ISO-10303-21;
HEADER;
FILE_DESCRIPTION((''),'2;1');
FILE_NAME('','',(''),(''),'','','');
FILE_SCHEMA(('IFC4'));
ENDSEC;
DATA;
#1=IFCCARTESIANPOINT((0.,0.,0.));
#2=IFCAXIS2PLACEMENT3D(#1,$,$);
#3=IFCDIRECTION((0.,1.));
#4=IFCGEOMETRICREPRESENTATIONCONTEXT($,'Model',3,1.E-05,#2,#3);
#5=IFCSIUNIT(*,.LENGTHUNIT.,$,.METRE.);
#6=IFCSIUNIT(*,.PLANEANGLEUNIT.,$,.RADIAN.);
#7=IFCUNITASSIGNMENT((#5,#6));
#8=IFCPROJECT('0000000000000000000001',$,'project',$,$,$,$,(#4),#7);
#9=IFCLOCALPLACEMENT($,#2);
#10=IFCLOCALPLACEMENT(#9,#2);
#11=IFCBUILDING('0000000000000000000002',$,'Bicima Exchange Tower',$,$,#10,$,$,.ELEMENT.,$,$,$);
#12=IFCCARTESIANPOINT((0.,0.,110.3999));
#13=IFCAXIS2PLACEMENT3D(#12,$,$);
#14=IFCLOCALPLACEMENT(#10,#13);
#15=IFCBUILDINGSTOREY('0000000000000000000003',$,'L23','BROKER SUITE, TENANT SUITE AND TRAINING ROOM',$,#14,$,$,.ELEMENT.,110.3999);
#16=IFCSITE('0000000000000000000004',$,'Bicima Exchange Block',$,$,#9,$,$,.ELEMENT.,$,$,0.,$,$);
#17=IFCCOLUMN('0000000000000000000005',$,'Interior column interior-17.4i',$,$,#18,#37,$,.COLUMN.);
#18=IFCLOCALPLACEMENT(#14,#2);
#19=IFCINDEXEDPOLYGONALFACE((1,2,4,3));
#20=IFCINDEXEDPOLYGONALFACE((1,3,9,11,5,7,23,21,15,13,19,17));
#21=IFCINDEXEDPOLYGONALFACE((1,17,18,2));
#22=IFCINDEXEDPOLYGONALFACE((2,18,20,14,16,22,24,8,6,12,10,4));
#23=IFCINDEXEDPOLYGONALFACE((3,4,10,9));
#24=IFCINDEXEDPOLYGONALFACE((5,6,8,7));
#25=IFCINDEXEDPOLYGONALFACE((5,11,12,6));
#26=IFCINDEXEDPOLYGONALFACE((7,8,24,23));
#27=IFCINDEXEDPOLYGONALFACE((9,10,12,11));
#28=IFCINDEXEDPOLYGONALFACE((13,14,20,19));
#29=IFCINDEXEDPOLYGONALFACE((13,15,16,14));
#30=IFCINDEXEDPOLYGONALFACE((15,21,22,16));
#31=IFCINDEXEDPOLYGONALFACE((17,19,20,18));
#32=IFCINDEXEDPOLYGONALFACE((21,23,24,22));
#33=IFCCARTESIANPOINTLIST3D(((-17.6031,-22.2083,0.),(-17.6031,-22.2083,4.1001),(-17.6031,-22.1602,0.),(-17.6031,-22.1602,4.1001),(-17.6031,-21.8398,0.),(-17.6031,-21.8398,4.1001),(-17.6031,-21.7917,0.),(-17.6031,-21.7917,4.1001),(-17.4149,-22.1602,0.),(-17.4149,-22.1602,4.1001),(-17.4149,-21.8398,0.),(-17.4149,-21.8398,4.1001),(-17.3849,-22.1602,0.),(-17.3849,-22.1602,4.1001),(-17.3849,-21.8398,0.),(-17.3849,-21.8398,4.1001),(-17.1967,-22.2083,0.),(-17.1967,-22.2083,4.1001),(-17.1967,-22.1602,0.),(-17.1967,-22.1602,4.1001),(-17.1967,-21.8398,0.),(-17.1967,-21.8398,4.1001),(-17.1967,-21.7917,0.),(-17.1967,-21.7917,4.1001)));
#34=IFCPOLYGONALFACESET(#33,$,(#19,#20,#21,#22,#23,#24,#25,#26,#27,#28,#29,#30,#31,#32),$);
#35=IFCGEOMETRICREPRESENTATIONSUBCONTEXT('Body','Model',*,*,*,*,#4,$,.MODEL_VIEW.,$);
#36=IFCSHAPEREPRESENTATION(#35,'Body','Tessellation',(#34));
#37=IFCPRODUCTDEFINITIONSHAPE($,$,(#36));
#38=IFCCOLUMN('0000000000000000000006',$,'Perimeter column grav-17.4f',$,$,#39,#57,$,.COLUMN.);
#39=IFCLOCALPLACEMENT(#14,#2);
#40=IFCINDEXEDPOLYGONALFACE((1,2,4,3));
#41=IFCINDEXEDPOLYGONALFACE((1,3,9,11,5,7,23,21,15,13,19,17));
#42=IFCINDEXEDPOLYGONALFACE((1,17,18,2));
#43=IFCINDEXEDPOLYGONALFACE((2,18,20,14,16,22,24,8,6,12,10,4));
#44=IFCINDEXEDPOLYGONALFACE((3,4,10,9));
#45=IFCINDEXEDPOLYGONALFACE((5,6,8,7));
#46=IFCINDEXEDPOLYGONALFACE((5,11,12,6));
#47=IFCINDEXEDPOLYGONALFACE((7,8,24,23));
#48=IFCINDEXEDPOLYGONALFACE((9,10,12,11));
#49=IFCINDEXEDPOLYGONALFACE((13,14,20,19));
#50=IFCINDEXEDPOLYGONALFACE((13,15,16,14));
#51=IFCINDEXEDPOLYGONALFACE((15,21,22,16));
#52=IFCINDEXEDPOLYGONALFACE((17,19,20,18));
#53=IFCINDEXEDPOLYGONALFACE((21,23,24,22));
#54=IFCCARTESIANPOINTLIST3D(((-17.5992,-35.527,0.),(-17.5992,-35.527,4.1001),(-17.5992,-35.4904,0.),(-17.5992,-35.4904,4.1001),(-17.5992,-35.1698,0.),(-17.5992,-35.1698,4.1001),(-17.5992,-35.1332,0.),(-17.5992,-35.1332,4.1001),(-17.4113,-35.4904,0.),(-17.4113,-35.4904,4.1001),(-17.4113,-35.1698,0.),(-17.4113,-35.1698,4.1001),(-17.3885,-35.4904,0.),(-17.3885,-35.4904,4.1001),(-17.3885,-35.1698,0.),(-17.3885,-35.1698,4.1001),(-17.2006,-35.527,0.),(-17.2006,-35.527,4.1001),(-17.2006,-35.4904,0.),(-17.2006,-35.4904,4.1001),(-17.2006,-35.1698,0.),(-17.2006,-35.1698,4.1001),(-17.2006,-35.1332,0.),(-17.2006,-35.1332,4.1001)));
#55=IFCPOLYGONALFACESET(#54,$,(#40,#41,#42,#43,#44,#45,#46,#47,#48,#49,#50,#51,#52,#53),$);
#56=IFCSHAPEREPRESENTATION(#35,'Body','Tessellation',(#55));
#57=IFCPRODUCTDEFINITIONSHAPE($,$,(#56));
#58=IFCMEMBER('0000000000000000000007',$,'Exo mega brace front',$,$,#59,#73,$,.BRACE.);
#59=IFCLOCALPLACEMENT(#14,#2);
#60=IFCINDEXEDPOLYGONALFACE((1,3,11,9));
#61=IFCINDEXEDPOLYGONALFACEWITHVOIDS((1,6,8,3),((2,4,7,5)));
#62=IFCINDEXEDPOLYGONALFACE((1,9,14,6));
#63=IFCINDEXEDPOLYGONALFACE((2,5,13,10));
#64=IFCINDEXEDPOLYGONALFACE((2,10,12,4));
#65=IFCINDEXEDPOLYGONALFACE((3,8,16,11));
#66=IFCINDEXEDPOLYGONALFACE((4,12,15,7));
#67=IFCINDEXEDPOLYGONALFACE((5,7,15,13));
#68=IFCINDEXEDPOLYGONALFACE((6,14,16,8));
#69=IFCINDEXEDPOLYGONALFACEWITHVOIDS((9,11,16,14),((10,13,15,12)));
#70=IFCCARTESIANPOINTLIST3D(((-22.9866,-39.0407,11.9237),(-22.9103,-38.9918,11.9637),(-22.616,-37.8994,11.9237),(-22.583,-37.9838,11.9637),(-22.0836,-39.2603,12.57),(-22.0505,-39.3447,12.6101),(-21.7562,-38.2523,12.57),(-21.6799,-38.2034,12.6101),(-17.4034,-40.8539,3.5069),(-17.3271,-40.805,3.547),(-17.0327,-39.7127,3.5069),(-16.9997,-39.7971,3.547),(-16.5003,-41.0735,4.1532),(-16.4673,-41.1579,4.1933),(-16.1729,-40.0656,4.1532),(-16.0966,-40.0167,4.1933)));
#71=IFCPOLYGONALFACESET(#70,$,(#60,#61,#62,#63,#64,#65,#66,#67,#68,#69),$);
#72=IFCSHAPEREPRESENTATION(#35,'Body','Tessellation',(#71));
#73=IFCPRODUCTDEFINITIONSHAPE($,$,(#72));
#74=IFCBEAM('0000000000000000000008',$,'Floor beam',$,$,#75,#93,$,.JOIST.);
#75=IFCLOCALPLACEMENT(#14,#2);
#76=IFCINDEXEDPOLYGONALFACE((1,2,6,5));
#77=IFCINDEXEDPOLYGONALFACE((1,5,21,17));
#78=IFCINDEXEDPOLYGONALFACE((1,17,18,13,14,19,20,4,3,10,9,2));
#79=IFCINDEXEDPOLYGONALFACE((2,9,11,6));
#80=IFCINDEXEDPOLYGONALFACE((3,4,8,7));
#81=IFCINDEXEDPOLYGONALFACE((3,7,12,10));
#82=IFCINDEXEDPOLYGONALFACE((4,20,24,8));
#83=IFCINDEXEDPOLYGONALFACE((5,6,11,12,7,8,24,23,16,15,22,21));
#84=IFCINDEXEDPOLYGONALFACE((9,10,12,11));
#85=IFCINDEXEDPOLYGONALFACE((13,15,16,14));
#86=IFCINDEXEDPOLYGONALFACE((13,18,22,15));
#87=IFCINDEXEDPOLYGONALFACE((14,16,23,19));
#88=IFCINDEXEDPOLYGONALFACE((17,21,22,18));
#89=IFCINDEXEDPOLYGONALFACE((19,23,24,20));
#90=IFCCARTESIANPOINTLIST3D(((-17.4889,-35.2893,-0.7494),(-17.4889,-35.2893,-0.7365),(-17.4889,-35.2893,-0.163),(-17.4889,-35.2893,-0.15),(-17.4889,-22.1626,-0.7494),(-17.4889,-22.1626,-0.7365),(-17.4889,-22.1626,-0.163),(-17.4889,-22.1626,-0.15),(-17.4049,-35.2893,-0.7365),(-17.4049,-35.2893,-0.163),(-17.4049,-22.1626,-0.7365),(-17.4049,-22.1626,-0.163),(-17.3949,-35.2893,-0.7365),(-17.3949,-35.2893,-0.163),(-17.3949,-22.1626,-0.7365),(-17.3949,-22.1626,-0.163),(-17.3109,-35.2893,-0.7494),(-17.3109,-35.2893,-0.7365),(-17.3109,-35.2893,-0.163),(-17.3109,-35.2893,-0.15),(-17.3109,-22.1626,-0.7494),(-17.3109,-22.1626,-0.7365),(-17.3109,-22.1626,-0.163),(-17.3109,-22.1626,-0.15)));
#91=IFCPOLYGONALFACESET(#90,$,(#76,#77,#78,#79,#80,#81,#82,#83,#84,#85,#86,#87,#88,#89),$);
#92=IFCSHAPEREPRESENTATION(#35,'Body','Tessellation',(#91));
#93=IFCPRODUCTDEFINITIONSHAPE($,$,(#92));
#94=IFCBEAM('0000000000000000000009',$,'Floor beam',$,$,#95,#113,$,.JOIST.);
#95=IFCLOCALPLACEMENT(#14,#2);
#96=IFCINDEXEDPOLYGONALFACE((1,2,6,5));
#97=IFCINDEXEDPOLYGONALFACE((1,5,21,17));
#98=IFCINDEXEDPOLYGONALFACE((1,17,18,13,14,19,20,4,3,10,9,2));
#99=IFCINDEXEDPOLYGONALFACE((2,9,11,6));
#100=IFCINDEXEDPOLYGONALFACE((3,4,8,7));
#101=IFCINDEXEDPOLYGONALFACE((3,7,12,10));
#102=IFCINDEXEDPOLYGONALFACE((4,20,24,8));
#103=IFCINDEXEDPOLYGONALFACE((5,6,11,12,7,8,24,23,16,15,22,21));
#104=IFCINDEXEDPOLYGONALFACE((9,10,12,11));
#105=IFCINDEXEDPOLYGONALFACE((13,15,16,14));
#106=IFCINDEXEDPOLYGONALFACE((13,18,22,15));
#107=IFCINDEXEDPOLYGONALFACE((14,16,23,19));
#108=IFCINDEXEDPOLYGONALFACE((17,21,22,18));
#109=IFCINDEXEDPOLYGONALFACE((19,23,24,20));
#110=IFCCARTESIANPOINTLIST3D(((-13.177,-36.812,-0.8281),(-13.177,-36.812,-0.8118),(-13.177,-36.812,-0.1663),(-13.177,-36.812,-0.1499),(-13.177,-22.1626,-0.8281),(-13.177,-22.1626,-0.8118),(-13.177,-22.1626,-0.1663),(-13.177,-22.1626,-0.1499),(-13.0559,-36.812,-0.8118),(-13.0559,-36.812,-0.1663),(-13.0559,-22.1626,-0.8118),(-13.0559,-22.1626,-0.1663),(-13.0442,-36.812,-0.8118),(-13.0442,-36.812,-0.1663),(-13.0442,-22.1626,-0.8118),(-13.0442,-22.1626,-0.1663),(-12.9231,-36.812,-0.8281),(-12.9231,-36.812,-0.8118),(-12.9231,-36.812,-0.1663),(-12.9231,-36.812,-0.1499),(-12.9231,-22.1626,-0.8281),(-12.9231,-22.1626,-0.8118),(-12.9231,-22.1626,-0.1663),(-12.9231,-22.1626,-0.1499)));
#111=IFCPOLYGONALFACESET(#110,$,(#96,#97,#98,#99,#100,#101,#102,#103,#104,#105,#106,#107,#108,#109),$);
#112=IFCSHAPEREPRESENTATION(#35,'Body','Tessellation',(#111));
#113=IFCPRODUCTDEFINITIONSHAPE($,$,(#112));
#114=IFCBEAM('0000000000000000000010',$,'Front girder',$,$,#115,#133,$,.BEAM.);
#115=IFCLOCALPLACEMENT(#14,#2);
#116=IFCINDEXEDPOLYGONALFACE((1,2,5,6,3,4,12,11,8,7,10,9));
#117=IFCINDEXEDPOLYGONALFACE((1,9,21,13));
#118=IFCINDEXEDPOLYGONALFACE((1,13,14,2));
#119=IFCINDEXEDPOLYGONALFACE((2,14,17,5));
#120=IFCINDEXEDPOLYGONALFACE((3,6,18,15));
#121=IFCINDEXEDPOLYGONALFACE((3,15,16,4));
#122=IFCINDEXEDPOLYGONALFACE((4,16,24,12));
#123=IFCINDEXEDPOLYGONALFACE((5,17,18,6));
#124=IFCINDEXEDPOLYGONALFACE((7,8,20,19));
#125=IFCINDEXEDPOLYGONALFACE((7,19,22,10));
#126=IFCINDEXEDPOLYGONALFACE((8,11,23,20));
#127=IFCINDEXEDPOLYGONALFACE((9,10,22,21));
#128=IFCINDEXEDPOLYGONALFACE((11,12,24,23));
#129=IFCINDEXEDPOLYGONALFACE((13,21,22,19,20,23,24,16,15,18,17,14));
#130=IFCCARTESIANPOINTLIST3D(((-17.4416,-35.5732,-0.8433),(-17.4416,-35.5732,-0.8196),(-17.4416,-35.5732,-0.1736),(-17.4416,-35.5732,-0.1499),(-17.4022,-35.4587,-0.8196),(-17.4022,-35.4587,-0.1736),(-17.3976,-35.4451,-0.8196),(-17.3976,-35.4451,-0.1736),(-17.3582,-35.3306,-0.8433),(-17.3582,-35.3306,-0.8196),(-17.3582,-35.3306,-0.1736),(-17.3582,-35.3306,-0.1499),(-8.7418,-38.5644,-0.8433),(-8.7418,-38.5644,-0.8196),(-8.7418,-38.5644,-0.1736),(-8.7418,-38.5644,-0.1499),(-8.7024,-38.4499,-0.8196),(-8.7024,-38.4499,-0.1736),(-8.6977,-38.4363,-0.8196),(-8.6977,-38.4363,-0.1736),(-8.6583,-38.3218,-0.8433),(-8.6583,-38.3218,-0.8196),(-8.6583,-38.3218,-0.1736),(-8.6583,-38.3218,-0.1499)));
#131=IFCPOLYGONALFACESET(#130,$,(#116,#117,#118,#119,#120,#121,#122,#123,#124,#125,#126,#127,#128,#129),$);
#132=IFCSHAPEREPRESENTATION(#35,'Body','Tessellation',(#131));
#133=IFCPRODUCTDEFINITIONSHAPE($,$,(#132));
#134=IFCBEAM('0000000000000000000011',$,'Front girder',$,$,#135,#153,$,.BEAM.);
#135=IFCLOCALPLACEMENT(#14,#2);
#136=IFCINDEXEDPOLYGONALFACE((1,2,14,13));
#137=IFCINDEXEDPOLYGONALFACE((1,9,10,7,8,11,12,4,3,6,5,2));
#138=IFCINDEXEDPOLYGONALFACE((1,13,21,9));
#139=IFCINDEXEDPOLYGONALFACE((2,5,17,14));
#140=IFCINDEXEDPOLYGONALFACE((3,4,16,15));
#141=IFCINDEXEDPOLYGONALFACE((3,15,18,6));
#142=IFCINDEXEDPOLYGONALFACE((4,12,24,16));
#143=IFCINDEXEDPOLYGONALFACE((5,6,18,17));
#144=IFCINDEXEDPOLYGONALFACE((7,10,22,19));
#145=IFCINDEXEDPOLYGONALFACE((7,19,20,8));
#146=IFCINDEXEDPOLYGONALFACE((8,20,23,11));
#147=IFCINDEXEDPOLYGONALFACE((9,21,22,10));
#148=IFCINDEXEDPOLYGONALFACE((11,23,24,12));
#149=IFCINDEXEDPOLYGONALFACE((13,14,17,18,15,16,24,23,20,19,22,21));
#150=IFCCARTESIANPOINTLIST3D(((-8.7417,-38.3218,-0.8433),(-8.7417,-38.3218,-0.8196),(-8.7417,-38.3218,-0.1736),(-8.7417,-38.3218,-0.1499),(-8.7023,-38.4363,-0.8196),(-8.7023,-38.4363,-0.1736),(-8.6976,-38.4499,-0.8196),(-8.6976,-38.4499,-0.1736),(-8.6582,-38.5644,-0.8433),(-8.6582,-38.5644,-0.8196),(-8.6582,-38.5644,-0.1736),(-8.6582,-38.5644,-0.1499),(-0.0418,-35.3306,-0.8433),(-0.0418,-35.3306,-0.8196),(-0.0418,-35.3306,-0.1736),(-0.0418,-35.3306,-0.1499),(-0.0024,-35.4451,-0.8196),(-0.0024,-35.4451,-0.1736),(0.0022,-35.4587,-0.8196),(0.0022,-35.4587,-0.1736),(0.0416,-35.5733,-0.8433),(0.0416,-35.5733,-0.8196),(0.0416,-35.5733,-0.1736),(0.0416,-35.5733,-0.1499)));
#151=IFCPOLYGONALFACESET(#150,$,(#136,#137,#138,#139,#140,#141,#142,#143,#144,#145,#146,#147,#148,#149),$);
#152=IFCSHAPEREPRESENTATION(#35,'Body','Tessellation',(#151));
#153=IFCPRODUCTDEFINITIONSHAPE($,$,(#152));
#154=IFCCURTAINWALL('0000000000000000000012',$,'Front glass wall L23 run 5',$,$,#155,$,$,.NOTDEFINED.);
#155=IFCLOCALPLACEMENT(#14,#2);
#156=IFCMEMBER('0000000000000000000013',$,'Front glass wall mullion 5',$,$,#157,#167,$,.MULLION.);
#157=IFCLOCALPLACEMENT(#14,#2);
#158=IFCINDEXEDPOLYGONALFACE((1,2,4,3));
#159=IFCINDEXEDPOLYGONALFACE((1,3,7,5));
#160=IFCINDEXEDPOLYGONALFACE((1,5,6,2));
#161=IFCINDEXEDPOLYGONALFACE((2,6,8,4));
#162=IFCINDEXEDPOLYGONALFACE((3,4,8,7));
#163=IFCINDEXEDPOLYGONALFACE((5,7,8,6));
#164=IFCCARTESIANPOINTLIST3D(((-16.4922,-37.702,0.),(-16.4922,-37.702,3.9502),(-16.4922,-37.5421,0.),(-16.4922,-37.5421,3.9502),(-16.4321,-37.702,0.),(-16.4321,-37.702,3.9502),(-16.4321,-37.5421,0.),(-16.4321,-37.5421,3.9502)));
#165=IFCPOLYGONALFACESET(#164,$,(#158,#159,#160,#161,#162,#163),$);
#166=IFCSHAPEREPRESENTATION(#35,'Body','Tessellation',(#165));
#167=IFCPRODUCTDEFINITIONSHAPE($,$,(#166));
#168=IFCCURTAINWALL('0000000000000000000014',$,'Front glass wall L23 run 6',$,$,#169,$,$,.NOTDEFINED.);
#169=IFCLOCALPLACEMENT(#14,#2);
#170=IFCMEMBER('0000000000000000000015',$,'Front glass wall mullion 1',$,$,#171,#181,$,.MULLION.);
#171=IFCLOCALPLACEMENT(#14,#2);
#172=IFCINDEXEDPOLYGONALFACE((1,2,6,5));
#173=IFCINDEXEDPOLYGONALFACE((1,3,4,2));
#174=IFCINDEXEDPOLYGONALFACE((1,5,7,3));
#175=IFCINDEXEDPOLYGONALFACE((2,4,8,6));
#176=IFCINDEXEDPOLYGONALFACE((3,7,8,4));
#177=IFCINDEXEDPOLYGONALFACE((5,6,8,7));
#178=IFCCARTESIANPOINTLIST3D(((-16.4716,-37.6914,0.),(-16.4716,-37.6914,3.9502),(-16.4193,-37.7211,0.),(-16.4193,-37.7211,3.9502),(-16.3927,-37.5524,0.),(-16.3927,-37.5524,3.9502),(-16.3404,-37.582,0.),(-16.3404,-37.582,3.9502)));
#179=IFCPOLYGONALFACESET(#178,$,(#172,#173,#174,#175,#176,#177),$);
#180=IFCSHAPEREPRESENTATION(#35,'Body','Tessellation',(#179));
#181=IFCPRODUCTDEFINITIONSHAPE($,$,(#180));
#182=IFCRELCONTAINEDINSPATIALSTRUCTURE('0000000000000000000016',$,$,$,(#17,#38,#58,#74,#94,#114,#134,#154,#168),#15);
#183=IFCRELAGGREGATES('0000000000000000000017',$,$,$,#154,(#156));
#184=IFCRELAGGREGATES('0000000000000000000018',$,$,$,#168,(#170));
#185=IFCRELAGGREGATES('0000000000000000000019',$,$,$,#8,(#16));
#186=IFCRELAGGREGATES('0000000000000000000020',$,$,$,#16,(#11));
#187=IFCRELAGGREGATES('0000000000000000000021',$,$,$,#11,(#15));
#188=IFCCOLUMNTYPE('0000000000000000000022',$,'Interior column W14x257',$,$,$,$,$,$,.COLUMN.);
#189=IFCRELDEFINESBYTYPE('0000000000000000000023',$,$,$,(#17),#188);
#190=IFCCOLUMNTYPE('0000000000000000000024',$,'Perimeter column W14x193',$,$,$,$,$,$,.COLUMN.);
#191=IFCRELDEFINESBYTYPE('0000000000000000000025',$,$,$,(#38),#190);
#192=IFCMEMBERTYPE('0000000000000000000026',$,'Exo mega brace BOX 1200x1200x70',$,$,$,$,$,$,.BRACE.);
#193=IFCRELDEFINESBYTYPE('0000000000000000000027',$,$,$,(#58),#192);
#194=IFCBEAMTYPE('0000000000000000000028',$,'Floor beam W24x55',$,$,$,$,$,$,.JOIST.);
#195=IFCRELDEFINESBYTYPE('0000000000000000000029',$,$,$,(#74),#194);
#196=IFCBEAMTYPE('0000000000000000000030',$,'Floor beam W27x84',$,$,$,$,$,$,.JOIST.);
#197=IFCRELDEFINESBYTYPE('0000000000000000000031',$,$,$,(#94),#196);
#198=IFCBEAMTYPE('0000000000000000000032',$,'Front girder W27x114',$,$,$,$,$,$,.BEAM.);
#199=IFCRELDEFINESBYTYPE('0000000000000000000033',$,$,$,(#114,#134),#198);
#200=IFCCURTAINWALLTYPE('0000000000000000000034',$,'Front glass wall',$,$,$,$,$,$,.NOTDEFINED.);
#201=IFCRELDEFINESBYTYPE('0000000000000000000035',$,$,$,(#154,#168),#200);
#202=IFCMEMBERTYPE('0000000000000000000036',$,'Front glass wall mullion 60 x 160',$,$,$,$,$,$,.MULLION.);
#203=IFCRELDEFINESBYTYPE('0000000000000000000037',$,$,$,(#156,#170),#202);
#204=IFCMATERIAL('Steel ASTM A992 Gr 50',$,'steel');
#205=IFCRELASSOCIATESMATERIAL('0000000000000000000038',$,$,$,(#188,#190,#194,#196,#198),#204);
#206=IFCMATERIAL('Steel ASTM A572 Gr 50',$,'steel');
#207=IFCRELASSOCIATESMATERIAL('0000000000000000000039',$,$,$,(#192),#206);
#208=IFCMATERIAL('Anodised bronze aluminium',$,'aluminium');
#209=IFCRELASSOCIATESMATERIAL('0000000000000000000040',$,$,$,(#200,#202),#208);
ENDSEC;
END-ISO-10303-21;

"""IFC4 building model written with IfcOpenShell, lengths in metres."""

from ifc_helpers import new_model, si_unit, direction, frame, origin, origin_2d, place, context, subcontext, project, spatial, rectangle, hollow_rectangle, i_section, extrude, material, material_profile, profile_set, type_object, element, aggregate, save


model = new_model("IFC4")

# Units and contexts
model_context = context("Model", 3, precision=1e-05, world=origin(), true_north=direction((0.0, 1.0)))
body_context = subcontext(model_context, "Body", "Model", "MODEL_VIEW")
ifc_project = project(units=[si_unit("LENGTHUNIT", "METRE"), si_unit("PLANEANGLEUNIT", "RADIAN")], contexts=[model_context])

# Site, building, storey
site_placement = place(None, origin())
site = spatial("IfcSite", under=ifc_project, at=site_placement, Name="Bicima Exchange Block", CompositionType="ELEMENT", RefElevation=0.0)
building_placement = place(site_placement, origin())
building = spatial("IfcBuilding", under=site, at=building_placement, Name="Bicima Exchange Tower", CompositionType="ELEMENT")
storey_placement = place(building_placement, frame((0.0, 0.0, 110.3999)))
storey = spatial("IfcBuildingStorey", under=building, at=storey_placement, Name="L23", Description="BROKER SUITE, TENANT SUITE AND TRAINING ROOM", CompositionType="ELEMENT", Elevation=110.3999)

# Columns
ifc_material_1 = material(Name="Steel ASTM A992 Gr 50", Category="steel")
ifc_material_profile_1 = material_profile(ifc_material_1, i_section(OverallWidth=0.4065, OverallDepth=0.4165, WebThickness=0.03, FlangeThickness=0.0481, at=origin_2d()))
ifc_profile_set_1 = profile_set([ifc_material_profile_1], Name="Steel ASTM A992 Gr 50")
column_type_1 = type_object("IfcColumnType", Name="Interior column W14x257", PredefinedType="COLUMN", material=ifc_profile_set_1)
column_1_placement = place(storey_placement, frame((-17.3999, -22.0, 0.0), z_axis=(0.0, 0.0, 1.0), x_axis=(1.0, 0.0, 0.0)))
element("IfcColumn", 1, at=column_1_placement, inside=storey, type_object=column_type_1, Name="Interior column interior-17.4i", PredefinedType="COLUMN", context=body_context, shape_type="SweptSolid", body=[
    extrude(i_section(OverallWidth=0.4065, OverallDepth=0.4165, WebThickness=0.03, FlangeThickness=0.0481, at=origin_2d()), origin(), (0.0, 0.0, 1.0), 4.1001),
])
ifc_material_profile_2 = material_profile(ifc_material_1, i_section(OverallWidth=0.3987, OverallDepth=0.3938, WebThickness=0.0227, FlangeThickness=0.0366, at=origin_2d()))
ifc_profile_set_2 = profile_set([ifc_material_profile_2], Name="Steel ASTM A992 Gr 50")
column_type_2 = type_object("IfcColumnType", Name="Perimeter column W14x193", PredefinedType="COLUMN", material=ifc_profile_set_2)
column_2_placement = place(storey_placement, frame((-17.3999, -35.3301, 0.0), z_axis=(0.0, 0.0, 1.0), x_axis=(1.0, 0.0, 0.0)))
element("IfcColumn", 2, at=column_2_placement, inside=storey, type_object=column_type_2, Name="Perimeter column grav-17.4f", PredefinedType="COLUMN", context=body_context, shape_type="SweptSolid", body=[
    extrude(i_section(OverallWidth=0.3987, OverallDepth=0.3938, WebThickness=0.0227, FlangeThickness=0.0366, at=origin_2d()), origin(), (0.0, 0.0, 1.0), 4.1001),
])

# Member
ifc_material_2 = material(Name="Steel ASTM A572 Gr 50", Category="steel")
ifc_material_profile_3 = material_profile(ifc_material_2, hollow_rectangle(XDim=1.2, YDim=1.2, WallThickness=0.0701, at=origin_2d()))
ifc_profile_set_3 = profile_set([ifc_material_profile_3], Name="Steel ASTM A572 Gr 50")
member_type_1 = type_object("IfcMemberType", Name="Exo mega brace BOX 1200x1200x70", PredefinedType="BRACE", material=ifc_profile_set_3)
member_1_placement = place(storey_placement, frame((-16.75, -40.4353, 3.8501), z_axis=(-0.544087, 0.176699, 0.820211), x_axis=(-0.308882, -0.9511, 0.0)))
element("IfcMember", 3, at=member_1_placement, inside=storey, type_object=member_type_1, Name="Exo mega brace front", PredefinedType="BRACE", context=body_context, shape_type="SweptSolid", body=[
    extrude(hollow_rectangle(XDim=1.2, YDim=1.2, WallThickness=0.0701, at=origin_2d()), origin(), (0.0, 0.0, 1.0), 10.2617),
])

# Beams
ifc_material_profile_4 = material_profile(ifc_material_1, i_section(OverallWidth=0.178, OverallDepth=0.5994, WebThickness=0.01, FlangeThickness=0.0129, at=origin_2d()))
ifc_profile_set_4 = profile_set([ifc_material_profile_4], Name="Steel ASTM A992 Gr 50")
beam_type_1 = type_object("IfcBeamType", Name="Floor beam W24x55", PredefinedType="JOIST", material=ifc_profile_set_4)
beam_1_placement = place(storey_placement, frame((-17.3999, -22.1626, -0.4497), z_axis=(0.0, -1.0, 0.0), x_axis=(1.0, 0.0, 0.0)))
element("IfcBeam", 4, at=beam_1_placement, inside=storey, type_object=beam_type_1, Name="Floor beam", PredefinedType="JOIST", context=body_context, shape_type="SweptSolid", body=[
    extrude(i_section(OverallWidth=0.178, OverallDepth=0.5994, WebThickness=0.01, FlangeThickness=0.0129, at=origin_2d()), origin(), (0.0, 0.0, 1.0), 13.1267),
])
ifc_material_profile_5 = material_profile(ifc_material_1, i_section(OverallWidth=0.2539, OverallDepth=0.6782, WebThickness=0.0117, FlangeThickness=0.0164, at=origin_2d()))
ifc_profile_set_5 = profile_set([ifc_material_profile_5], Name="Steel ASTM A992 Gr 50")
beam_type_2 = type_object("IfcBeamType", Name="Floor beam W27x84", PredefinedType="JOIST", material=ifc_profile_set_5)
beam_2_placement = place(storey_placement, frame((-13.05, -22.1626, -0.489), z_axis=(0.0, -1.0, 0.0), x_axis=(1.0, 0.0, 0.0)))
element("IfcBeam", 5, at=beam_2_placement, inside=storey, type_object=beam_type_2, Name="Floor beam", PredefinedType="JOIST", context=body_context, shape_type="SweptSolid", body=[
    extrude(i_section(OverallWidth=0.2539, OverallDepth=0.6782, WebThickness=0.0117, FlangeThickness=0.0164, at=origin_2d()), origin(), (0.0, 0.0, 1.0), 14.6494),
])
ifc_material_profile_6 = material_profile(ifc_material_1, i_section(OverallWidth=0.2566, OverallDepth=0.6934, WebThickness=0.0144, FlangeThickness=0.0237, at=origin_2d()))
ifc_profile_set_6 = profile_set([ifc_material_profile_6], Name="Steel ASTM A992 Gr 50")
beam_type_3 = type_object("IfcBeamType", Name="Front girder W27x114", PredefinedType="BEAM", material=ifc_profile_set_6)
for number, where, z_axis, x_axis, name in (
    (6, (-17.3999, -35.4519, -0.4966), (0.945666, -0.325138, 0.0), (0.325138, 0.945666, 0.0), "Front girder"),
    (7, (-8.7, -38.4431, -0.4966), (0.945666, 0.325138, 0.0), (-0.325138, 0.945666, 0.0), "Front girder"),
):
    element("IfcBeam", number, at=place(storey_placement, frame(where, z_axis=z_axis, x_axis=x_axis)), inside=storey, type_object=beam_type_3, Name=name, PredefinedType="BEAM", context=body_context, shape_type="SweptSolid", body=[
        extrude(i_section(OverallWidth=0.2566, OverallDepth=0.6934, WebThickness=0.0144, FlangeThickness=0.0237, at=origin_2d()), origin(), (0.0, 0.0, 1.0), 9.1997),
    ])

# Curtain wall, member
ifc_material_3 = material(Name="Anodised bronze aluminium", Category="aluminium")
curtain_wall_type = type_object("IfcCurtainWallType", Name="Front glass wall", PredefinedType="NOTDEFINED", material=ifc_material_3)
curtain_wall_1_placement = place(storey_placement, origin())
curtain_wall_1 = element("IfcCurtainWall", 8, at=curtain_wall_1_placement, inside=storey, type_object=curtain_wall_type, Name="Front glass wall L23 run 5", PredefinedType="NOTDEFINED")
ifc_material_profile_7 = material_profile(ifc_material_3, rectangle(XDim=0.1599, YDim=0.0601, at=origin_2d()))
ifc_profile_set_7 = profile_set([ifc_material_profile_7], Name="Anodised bronze aluminium")
member_type_2 = type_object("IfcMemberType", Name="Front glass wall mullion 60 x 160", PredefinedType="MULLION", material=ifc_profile_set_7)
member_2_placement = place(storey_placement, frame((-16.4622, -37.6221, 0.0), z_axis=(0.0, 0.0, 1.0), x_axis=(0.0, 1.0, 0.0)))
member_2 = element("IfcMember", 9, at=member_2_placement, type_object=member_type_2, Name="Front glass wall mullion 5", PredefinedType="MULLION", context=body_context, shape_type="SweptSolid", body=[
    extrude(rectangle(XDim=0.1599, YDim=0.0601, at=origin_2d()), origin(), (0.0, 0.0, 1.0), 3.9502),
])

# Curtain wall, member
curtain_wall_2_placement = place(storey_placement, origin())
curtain_wall_2 = element("IfcCurtainWall", 10, at=curtain_wall_2_placement, inside=storey, type_object=curtain_wall_type, Name="Front glass wall L23 run 6", PredefinedType="NOTDEFINED")
member_3_placement = place(storey_placement, frame((-16.406, -37.6367, 0.0), z_axis=(0.0, 0.0, 1.0), x_axis=(0.493395, 0.869805, 0.0)))
member_3 = element("IfcMember", 11, at=member_3_placement, type_object=member_type_2, Name="Front glass wall mullion 1", PredefinedType="MULLION", context=body_context, shape_type="SweptSolid", body=[
    extrude(rectangle(XDim=0.1599, YDim=0.0601, at=origin_2d()), origin(), (0.0, 0.0, 1.0), 3.9502),
])

aggregate(curtain_wall_1, [member_2])
aggregate(curtain_wall_2, [member_3])

save(model, "model.ifc")
